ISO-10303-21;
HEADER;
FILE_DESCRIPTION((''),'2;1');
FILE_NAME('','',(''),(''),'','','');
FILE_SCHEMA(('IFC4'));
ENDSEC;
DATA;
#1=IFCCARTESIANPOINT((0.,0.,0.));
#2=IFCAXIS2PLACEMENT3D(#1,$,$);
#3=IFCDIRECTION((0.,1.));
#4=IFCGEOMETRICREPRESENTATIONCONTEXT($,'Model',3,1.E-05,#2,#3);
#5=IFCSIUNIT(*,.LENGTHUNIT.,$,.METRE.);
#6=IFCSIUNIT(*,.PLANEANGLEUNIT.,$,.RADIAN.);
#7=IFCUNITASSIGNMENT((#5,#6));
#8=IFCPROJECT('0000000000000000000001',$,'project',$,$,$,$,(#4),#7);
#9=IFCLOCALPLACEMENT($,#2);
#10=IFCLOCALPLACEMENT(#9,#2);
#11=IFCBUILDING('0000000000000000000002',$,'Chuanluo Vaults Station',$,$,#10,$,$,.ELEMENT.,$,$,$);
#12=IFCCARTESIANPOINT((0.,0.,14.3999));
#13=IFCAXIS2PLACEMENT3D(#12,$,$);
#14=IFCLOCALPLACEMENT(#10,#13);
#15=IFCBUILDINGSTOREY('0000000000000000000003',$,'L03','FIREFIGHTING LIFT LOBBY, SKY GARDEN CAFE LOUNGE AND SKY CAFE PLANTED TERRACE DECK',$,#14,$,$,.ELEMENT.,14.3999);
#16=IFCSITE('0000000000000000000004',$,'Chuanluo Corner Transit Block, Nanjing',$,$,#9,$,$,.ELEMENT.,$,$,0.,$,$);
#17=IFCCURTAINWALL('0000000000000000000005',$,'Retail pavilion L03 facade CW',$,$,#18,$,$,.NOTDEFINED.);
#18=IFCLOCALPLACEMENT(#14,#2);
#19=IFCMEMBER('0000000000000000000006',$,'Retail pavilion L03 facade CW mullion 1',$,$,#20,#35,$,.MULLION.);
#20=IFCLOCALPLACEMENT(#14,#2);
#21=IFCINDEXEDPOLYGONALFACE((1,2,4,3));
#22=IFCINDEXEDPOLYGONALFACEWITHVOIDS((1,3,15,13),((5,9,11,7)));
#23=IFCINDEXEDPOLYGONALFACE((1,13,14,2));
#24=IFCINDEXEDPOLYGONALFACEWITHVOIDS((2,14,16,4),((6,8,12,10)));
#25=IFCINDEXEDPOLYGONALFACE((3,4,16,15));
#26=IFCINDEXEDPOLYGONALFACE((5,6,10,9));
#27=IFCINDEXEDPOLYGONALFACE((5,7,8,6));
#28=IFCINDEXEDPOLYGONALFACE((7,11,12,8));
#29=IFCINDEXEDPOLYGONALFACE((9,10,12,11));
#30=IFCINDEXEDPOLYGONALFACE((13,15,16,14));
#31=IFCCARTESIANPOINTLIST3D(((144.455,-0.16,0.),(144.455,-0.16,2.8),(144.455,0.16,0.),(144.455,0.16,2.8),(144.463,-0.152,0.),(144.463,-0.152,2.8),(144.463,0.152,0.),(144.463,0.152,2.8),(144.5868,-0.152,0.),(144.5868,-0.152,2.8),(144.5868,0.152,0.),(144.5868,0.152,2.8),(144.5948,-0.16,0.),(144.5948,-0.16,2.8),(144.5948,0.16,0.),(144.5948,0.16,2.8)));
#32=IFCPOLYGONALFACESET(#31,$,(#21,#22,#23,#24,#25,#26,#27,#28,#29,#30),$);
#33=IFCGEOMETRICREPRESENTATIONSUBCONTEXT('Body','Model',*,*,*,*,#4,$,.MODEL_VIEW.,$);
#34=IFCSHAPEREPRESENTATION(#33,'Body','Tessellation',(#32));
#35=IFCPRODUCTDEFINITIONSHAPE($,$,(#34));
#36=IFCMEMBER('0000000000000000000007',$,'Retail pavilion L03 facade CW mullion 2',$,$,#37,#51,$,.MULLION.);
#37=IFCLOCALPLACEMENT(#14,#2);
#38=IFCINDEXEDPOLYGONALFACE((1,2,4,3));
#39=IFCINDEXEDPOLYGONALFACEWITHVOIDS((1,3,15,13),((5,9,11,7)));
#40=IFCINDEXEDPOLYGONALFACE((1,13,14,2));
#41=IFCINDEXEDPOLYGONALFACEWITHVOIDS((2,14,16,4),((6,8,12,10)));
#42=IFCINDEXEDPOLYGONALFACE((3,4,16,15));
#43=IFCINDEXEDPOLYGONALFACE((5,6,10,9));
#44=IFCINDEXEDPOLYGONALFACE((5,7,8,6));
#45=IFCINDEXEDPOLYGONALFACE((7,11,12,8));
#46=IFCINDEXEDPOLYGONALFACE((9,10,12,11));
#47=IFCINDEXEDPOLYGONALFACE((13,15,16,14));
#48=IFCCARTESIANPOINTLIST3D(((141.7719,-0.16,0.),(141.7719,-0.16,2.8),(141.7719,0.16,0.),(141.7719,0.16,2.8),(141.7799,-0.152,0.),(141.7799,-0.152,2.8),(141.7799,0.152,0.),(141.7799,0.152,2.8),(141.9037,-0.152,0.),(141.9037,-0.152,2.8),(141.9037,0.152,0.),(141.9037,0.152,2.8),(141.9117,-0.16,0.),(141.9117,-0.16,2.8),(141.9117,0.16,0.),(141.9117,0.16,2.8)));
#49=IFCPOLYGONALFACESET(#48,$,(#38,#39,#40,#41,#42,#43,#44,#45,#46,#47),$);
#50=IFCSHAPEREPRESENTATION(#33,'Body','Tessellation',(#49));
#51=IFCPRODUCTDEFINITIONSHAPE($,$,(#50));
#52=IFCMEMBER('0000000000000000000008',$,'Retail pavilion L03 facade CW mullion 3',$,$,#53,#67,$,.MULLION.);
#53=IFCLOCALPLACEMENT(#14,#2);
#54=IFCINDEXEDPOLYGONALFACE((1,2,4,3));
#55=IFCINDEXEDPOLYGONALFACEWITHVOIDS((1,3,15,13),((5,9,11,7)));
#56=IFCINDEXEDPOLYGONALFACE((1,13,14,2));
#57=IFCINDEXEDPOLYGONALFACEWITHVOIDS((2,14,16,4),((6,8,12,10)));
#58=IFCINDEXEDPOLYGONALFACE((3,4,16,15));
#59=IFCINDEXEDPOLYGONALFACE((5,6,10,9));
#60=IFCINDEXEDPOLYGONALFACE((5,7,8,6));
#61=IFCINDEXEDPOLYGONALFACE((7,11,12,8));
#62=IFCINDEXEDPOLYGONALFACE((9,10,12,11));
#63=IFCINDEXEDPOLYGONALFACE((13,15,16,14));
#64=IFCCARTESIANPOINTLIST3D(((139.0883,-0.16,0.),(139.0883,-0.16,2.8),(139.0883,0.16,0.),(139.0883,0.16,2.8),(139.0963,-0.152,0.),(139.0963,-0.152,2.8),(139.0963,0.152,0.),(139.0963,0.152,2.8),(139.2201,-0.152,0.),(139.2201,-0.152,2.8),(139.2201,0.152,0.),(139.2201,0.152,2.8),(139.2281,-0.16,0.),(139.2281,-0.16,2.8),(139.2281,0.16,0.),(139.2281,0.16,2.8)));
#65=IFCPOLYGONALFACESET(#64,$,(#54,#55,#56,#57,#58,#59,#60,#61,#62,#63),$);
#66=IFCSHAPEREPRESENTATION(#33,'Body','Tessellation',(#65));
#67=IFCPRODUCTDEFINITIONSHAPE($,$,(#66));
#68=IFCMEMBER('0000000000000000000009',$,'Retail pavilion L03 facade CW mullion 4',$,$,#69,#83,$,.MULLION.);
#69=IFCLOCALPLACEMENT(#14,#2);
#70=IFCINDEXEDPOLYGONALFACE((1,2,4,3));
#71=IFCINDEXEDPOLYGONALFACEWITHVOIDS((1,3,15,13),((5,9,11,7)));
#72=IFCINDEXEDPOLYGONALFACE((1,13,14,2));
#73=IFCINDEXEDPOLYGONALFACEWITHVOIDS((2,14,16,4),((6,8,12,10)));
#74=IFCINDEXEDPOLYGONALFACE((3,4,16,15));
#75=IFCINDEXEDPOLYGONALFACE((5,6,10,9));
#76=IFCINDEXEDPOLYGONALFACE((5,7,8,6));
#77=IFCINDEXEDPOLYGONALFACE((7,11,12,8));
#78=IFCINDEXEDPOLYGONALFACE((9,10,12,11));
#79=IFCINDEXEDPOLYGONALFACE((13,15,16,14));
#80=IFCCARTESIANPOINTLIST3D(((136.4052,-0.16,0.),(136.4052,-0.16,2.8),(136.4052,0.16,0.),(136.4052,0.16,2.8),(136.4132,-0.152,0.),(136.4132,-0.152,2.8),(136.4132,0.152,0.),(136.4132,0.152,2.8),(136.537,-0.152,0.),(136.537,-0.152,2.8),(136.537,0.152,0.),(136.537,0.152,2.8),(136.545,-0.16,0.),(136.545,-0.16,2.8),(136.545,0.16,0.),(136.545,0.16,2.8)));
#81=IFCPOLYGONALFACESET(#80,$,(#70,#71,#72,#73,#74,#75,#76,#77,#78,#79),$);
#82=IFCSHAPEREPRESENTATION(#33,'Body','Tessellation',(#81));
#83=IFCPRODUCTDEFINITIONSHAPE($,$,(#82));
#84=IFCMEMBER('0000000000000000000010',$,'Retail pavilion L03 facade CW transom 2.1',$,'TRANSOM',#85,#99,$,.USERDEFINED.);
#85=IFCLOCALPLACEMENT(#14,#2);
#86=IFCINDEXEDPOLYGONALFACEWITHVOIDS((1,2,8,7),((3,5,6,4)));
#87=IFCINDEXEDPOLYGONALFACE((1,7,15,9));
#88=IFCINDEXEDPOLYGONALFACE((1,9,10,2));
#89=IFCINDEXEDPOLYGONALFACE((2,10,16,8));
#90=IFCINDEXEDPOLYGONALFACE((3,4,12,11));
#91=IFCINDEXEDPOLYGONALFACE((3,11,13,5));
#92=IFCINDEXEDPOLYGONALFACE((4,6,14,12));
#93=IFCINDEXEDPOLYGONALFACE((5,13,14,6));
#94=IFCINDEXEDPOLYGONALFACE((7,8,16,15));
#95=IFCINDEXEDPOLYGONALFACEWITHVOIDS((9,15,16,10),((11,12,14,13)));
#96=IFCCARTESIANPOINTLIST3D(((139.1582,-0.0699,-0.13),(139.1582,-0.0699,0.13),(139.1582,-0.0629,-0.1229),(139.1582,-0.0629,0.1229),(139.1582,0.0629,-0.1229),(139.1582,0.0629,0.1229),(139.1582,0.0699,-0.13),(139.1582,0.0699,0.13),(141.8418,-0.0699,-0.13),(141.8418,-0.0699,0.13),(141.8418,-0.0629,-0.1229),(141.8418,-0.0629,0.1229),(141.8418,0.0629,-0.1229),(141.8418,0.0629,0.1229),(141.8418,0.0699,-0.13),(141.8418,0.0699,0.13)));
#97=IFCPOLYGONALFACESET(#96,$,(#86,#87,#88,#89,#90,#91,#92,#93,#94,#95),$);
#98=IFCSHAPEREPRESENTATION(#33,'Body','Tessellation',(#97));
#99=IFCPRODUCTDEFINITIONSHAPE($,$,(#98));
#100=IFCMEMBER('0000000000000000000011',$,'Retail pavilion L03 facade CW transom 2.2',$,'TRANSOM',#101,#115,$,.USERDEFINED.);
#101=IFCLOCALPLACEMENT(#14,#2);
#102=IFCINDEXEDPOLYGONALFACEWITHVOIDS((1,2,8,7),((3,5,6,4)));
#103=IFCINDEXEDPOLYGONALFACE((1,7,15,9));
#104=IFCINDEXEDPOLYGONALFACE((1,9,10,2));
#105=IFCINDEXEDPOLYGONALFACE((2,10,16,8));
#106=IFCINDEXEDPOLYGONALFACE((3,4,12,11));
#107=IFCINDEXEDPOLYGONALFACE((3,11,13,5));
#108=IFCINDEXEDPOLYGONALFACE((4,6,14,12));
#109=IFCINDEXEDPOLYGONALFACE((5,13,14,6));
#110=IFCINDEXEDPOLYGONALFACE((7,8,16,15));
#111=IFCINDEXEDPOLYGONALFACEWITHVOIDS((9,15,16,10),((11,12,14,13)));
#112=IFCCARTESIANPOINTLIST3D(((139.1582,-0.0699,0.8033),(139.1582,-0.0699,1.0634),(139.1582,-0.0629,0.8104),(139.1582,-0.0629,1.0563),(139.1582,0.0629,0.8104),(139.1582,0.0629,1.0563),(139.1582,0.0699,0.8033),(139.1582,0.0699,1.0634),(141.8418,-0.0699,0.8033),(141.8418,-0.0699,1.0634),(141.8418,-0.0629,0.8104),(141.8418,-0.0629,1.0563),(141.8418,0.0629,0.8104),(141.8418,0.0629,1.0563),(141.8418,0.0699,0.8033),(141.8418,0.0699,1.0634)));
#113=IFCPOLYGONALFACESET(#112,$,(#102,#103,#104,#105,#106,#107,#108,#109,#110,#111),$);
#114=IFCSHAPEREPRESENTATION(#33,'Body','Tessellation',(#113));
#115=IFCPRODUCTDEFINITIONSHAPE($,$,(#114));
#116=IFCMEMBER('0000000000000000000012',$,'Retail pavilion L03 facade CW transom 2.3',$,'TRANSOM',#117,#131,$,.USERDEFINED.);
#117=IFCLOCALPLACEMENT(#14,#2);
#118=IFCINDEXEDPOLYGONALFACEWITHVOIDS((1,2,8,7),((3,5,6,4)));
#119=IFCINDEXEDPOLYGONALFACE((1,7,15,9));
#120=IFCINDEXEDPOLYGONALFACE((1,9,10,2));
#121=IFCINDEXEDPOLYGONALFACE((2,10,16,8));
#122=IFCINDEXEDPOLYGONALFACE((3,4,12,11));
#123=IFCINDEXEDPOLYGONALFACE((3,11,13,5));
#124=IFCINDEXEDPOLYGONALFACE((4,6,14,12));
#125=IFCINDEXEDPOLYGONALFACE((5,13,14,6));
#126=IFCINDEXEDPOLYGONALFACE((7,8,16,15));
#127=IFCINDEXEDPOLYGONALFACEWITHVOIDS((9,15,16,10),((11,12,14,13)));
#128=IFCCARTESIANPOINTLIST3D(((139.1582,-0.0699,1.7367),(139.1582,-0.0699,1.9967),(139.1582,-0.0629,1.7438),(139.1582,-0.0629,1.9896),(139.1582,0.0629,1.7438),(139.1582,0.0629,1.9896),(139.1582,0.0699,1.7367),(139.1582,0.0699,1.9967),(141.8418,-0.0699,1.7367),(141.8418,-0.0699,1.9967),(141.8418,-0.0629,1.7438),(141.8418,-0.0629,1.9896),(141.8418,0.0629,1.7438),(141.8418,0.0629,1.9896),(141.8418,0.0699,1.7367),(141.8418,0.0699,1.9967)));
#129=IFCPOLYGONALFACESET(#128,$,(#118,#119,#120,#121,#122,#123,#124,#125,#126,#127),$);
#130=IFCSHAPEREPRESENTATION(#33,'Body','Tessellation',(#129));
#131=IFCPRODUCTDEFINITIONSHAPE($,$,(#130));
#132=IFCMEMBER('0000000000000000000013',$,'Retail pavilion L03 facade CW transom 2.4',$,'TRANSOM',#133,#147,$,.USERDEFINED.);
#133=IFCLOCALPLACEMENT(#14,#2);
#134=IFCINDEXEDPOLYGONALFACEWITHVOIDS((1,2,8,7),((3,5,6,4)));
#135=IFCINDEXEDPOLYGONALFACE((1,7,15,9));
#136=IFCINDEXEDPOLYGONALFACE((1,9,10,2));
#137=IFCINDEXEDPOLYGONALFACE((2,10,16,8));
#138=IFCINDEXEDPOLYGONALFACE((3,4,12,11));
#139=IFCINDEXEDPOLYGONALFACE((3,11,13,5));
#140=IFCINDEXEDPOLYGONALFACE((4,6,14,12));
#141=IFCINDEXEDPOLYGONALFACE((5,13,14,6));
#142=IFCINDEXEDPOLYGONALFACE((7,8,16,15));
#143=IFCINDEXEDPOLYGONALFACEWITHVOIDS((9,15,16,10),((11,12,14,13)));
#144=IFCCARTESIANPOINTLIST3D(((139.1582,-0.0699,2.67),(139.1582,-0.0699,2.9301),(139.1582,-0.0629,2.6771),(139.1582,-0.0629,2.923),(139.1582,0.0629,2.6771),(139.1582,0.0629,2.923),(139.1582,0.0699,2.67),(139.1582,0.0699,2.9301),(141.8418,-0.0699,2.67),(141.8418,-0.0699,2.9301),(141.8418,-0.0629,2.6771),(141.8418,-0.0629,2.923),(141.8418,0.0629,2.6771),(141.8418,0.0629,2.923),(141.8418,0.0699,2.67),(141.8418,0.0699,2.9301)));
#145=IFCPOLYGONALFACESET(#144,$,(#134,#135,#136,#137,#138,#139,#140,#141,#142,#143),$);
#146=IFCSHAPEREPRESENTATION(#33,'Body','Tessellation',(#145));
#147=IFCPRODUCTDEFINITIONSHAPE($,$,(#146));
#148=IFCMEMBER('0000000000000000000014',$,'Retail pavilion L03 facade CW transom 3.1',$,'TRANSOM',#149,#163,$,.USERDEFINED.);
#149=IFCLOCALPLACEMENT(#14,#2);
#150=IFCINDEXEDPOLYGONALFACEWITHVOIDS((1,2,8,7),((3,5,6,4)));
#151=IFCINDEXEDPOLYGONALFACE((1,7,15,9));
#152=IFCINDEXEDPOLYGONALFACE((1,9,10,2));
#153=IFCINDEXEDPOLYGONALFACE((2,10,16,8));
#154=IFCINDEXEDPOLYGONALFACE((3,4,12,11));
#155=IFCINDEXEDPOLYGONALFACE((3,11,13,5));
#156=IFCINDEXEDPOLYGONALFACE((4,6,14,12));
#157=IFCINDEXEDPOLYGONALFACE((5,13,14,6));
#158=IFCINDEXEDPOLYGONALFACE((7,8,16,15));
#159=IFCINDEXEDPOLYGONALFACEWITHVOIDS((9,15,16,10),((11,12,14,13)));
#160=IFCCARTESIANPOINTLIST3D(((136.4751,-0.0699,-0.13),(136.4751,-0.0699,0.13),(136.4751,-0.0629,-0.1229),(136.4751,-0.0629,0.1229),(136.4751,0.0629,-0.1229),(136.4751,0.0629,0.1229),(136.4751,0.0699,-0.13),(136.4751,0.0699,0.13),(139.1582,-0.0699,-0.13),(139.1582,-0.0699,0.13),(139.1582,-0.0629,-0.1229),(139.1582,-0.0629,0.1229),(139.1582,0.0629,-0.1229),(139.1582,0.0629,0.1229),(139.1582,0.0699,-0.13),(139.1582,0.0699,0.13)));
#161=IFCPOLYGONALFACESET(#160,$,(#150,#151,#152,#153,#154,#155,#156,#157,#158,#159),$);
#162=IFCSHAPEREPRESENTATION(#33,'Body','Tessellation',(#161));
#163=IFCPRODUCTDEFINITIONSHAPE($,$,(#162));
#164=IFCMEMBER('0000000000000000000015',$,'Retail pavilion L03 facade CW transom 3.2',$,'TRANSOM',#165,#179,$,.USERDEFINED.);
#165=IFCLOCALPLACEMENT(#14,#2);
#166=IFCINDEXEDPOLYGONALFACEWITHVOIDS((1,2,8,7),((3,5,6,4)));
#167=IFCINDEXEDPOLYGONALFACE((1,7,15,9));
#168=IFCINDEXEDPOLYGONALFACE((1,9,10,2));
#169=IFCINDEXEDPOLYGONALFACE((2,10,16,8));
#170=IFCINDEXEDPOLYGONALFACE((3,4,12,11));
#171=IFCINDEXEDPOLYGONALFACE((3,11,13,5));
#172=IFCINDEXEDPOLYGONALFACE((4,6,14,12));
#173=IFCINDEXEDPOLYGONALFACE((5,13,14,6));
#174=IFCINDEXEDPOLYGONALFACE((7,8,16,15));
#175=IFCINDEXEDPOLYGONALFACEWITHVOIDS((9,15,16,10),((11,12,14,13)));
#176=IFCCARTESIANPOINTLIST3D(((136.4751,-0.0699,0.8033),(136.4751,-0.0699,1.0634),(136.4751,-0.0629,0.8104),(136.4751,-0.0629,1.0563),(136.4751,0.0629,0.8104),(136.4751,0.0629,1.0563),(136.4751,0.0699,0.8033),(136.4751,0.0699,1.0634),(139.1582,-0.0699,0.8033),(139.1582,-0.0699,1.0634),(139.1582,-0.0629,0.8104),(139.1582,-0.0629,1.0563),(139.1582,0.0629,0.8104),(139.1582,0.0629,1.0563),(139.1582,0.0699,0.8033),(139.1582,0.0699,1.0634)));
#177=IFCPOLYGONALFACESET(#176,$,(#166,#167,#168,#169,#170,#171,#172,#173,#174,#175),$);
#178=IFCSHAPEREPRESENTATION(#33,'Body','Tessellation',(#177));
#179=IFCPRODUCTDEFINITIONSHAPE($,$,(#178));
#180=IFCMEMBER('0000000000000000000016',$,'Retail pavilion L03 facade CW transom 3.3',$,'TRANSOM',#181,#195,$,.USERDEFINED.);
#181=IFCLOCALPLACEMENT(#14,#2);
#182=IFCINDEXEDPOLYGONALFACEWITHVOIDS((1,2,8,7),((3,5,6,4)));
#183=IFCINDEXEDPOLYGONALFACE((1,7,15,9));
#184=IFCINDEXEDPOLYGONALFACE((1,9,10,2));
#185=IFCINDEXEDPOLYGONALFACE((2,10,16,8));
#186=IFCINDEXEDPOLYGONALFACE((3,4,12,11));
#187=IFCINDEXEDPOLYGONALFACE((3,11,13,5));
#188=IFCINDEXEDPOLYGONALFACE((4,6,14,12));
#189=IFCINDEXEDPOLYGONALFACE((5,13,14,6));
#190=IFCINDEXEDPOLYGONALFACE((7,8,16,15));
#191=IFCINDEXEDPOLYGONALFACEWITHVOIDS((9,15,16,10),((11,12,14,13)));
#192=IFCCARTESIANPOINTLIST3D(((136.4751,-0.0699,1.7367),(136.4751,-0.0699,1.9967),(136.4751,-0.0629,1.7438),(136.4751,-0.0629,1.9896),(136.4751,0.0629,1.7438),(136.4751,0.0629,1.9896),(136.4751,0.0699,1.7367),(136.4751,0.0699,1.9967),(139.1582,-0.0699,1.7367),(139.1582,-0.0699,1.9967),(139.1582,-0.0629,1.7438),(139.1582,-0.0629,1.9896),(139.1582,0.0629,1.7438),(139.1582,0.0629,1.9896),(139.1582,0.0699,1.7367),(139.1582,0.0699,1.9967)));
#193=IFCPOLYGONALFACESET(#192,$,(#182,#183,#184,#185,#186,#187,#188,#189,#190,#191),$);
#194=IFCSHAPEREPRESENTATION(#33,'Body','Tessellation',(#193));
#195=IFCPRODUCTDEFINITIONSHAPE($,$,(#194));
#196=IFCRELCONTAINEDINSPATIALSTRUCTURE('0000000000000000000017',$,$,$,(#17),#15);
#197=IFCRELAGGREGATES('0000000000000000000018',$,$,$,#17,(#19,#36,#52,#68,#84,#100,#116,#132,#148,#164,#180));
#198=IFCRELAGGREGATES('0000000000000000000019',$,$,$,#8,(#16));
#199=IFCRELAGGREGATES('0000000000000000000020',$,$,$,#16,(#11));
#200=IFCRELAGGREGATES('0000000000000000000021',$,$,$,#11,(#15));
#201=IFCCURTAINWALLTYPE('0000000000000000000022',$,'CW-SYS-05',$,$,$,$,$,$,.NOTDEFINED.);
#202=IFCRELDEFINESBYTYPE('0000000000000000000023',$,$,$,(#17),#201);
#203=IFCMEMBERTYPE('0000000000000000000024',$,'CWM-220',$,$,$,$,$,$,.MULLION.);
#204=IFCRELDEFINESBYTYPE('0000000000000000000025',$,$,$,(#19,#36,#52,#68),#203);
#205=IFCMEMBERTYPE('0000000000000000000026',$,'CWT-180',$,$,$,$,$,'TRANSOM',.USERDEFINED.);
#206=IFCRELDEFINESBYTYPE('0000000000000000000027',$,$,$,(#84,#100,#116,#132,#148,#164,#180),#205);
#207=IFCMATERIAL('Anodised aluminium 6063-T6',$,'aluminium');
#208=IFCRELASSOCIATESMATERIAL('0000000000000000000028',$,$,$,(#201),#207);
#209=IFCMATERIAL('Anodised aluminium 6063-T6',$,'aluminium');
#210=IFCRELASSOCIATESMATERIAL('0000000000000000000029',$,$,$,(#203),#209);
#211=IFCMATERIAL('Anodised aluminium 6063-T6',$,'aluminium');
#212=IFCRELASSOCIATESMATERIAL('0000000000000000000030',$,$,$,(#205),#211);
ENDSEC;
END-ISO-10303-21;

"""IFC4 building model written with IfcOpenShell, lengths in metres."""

from ifc_helpers import new_model, si_unit, direction, frame, origin, origin_2d, place, context, subcontext, project, spatial, hollow_rectangle, extrude, material, material_profile, profile_set, type_object, element, aggregate, save


model = new_model("IFC4")

# Units and contexts
model_context = context("Model", 3, precision=1e-05, world=origin(), true_north=direction((0.0, 1.0)))
body_context = subcontext(model_context, "Body", "Model", "MODEL_VIEW")
ifc_project = project(units=[si_unit("LENGTHUNIT", "METRE"), si_unit("PLANEANGLEUNIT", "RADIAN")], contexts=[model_context])

# Site, building, storey
site_placement = place(None, origin())
site = spatial("IfcSite", under=ifc_project, at=site_placement, Name="Chuanluo Corner Transit Block, Nanjing", CompositionType="ELEMENT", RefElevation=0.0)
building_placement = place(site_placement, origin())
building = spatial("IfcBuilding", under=site, at=building_placement, Name="Chuanluo Vaults Station", CompositionType="ELEMENT")
storey_placement = place(building_placement, frame((0.0, 0.0, 14.3999)))
storey = spatial("IfcBuildingStorey", under=building, at=storey_placement, Name="L03", Description="FIREFIGHTING LIFT LOBBY, SKY GARDEN CAFE LOUNGE AND SKY CAFE PLANTED TERRACE DECK", CompositionType="ELEMENT", Elevation=14.3999)

# Curtain wall, members
ifc_material_1 = material(Name="Anodised aluminium 6063-T6", Category="aluminium")
curtain_wall_type = type_object("IfcCurtainWallType", Name="CW-SYS-05", PredefinedType="NOTDEFINED", material=ifc_material_1)
curtain_wall_placement = place(storey_placement, origin())
curtain_wall = element("IfcCurtainWall", 1, at=curtain_wall_placement, inside=storey, type_object=curtain_wall_type, Name="Retail pavilion L03 facade CW", PredefinedType="NOTDEFINED")
ifc_material_2 = material(Name="Anodised aluminium 6063-T6", Category="aluminium")
ifc_material_profile_1 = material_profile(ifc_material_2, hollow_rectangle(XDim=0.1399, YDim=0.3201, WallThickness=0.0081, at=origin_2d()))
ifc_profile_set_1 = profile_set([ifc_material_profile_1], Name="Anodised aluminium 6063-T6")
member_type_1 = type_object("IfcMemberType", Name="CWM-220", PredefinedType="MULLION", material=ifc_profile_set_1)
member_1_placement = place(storey_placement, frame((144.5249, 0.0, 0.0), z_axis=(0.0, 0.0, 1.0), x_axis=(-1.0, 0.0, 0.0)))
member_1 = element("IfcMember", 2, at=member_1_placement, type_object=member_type_1, Name="Retail pavilion L03 facade CW mullion 1", PredefinedType="MULLION", context=body_context, shape_type="SweptSolid", body=[
    extrude(hollow_rectangle(XDim=0.1399, YDim=0.3201, WallThickness=0.0081, at=origin_2d()), origin(), (0.0, 0.0, 1.0), 2.8),
])
member_2_placement = place(storey_placement, frame((141.8418, 0.0, 0.0), z_axis=(0.0, 0.0, 1.0), x_axis=(-1.0, 0.0, 0.0)))
member_2 = element("IfcMember", 3, at=member_2_placement, type_object=member_type_1, Name="Retail pavilion L03 facade CW mullion 2", PredefinedType="MULLION", context=body_context, shape_type="SweptSolid", body=[
    extrude(hollow_rectangle(XDim=0.1399, YDim=0.3201, WallThickness=0.0081, at=origin_2d()), origin(), (0.0, 0.0, 1.0), 2.8),
])
member_3_placement = place(storey_placement, frame((139.1582, 0.0, 0.0), z_axis=(0.0, 0.0, 1.0), x_axis=(-1.0, 0.0, 0.0)))
member_3 = element("IfcMember", 4, at=member_3_placement, type_object=member_type_1, Name="Retail pavilion L03 facade CW mullion 3", PredefinedType="MULLION", context=body_context, shape_type="SweptSolid", body=[
    extrude(hollow_rectangle(XDim=0.1399, YDim=0.3201, WallThickness=0.0081, at=origin_2d()), origin(), (0.0, 0.0, 1.0), 2.8),
])
member_4_placement = place(storey_placement, frame((136.4751, 0.0, 0.0), z_axis=(0.0, 0.0, 1.0), x_axis=(-1.0, 0.0, 0.0)))
member_4 = element("IfcMember", 5, at=member_4_placement, type_object=member_type_1, Name="Retail pavilion L03 facade CW mullion 4", PredefinedType="MULLION", context=body_context, shape_type="SweptSolid", body=[
    extrude(hollow_rectangle(XDim=0.1399, YDim=0.3201, WallThickness=0.0081, at=origin_2d()), origin(), (0.0, 0.0, 1.0), 2.8),
])
ifc_material_3 = material(Name="Anodised aluminium 6063-T6", Category="aluminium")
ifc_material_profile_2 = material_profile(ifc_material_3, hollow_rectangle(XDim=0.1399, YDim=0.26, WallThickness=0.0071, at=origin_2d()))
ifc_profile_set_2 = profile_set([ifc_material_profile_2], Name="Anodised aluminium 6063-T6")
member_type_2 = type_object("IfcMemberType", Name="CWT-180", ElementType="TRANSOM", PredefinedType="USERDEFINED", material=ifc_profile_set_2)
member_5_placement = place(storey_placement, frame((141.8418, 0.0, 0.0), z_axis=(-1.0, 0.0, 0.0), x_axis=(0.0, -1.0, 0.0)))
member_5 = element("IfcMember", 6, at=member_5_placement, type_object=member_type_2, Name="Retail pavilion L03 facade CW transom 2.1", ObjectType="TRANSOM", PredefinedType="USERDEFINED", context=body_context, shape_type="SweptSolid", body=[
    extrude(hollow_rectangle(XDim=0.1399, YDim=0.26, WallThickness=0.0071, at=origin_2d()), origin(), (0.0, 0.0, 1.0), 2.6836),
])
member_6_placement = place(storey_placement, frame((141.8418, 0.0, 0.9333), z_axis=(-1.0, 0.0, 0.0), x_axis=(0.0, -1.0, 0.0)))
member_6 = element("IfcMember", 7, at=member_6_placement, type_object=member_type_2, Name="Retail pavilion L03 facade CW transom 2.2", ObjectType="TRANSOM", PredefinedType="USERDEFINED", context=body_context, shape_type="SweptSolid", body=[
    extrude(hollow_rectangle(XDim=0.1399, YDim=0.26, WallThickness=0.0071, at=origin_2d()), origin(), (0.0, 0.0, 1.0), 2.6836),
])
member_7_placement = place(storey_placement, frame((141.8418, 0.0, 1.8667), z_axis=(-1.0, 0.0, 0.0), x_axis=(0.0, -1.0, 0.0)))
member_7 = element("IfcMember", 8, at=member_7_placement, type_object=member_type_2, Name="Retail pavilion L03 facade CW transom 2.3", ObjectType="TRANSOM", PredefinedType="USERDEFINED", context=body_context, shape_type="SweptSolid", body=[
    extrude(hollow_rectangle(XDim=0.1399, YDim=0.26, WallThickness=0.0071, at=origin_2d()), origin(), (0.0, 0.0, 1.0), 2.6836),
])
member_8_placement = place(storey_placement, frame((141.8418, 0.0, 2.8), z_axis=(-1.0, 0.0, 0.0), x_axis=(0.0, -1.0, 0.0)))
member_8 = element("IfcMember", 9, at=member_8_placement, type_object=member_type_2, Name="Retail pavilion L03 facade CW transom 2.4", ObjectType="TRANSOM", PredefinedType="USERDEFINED", context=body_context, shape_type="SweptSolid", body=[
    extrude(hollow_rectangle(XDim=0.1399, YDim=0.26, WallThickness=0.0071, at=origin_2d()), origin(), (0.0, 0.0, 1.0), 2.6836),
])
member_9_placement = place(storey_placement, frame((139.1582, 0.0, 0.0), z_axis=(-1.0, 0.0, 0.0), x_axis=(0.0, -1.0, 0.0)))
member_9 = element("IfcMember", 10, at=member_9_placement, type_object=member_type_2, Name="Retail pavilion L03 facade CW transom 3.1", ObjectType="TRANSOM", PredefinedType="USERDEFINED", context=body_context, shape_type="SweptSolid", body=[
    extrude(hollow_rectangle(XDim=0.1399, YDim=0.26, WallThickness=0.0071, at=origin_2d()), origin(), (0.0, 0.0, 1.0), 2.6831),
])
member_10_placement = place(storey_placement, frame((139.1582, 0.0, 0.9333), z_axis=(-1.0, 0.0, 0.0), x_axis=(0.0, -1.0, 0.0)))
member_10 = element("IfcMember", 11, at=member_10_placement, type_object=member_type_2, Name="Retail pavilion L03 facade CW transom 3.2", ObjectType="TRANSOM", PredefinedType="USERDEFINED", context=body_context, shape_type="SweptSolid", body=[
    extrude(hollow_rectangle(XDim=0.1399, YDim=0.26, WallThickness=0.0071, at=origin_2d()), origin(), (0.0, 0.0, 1.0), 2.6831),
])
member_11_placement = place(storey_placement, frame((139.1582, 0.0, 1.8667), z_axis=(-1.0, 0.0, 0.0), x_axis=(0.0, -1.0, 0.0)))
member_11 = element("IfcMember", 12, at=member_11_placement, type_object=member_type_2, Name="Retail pavilion L03 facade CW transom 3.3", ObjectType="TRANSOM", PredefinedType="USERDEFINED", context=body_context, shape_type="SweptSolid", body=[
    extrude(hollow_rectangle(XDim=0.1399, YDim=0.26, WallThickness=0.0071, at=origin_2d()), origin(), (0.0, 0.0, 1.0), 2.6831),
])
aggregate(curtain_wall, [member_1, member_2, member_3, member_4, member_5, member_6, member_7, member_8, member_9, member_10, member_11])

save(model, "model.ifc")
